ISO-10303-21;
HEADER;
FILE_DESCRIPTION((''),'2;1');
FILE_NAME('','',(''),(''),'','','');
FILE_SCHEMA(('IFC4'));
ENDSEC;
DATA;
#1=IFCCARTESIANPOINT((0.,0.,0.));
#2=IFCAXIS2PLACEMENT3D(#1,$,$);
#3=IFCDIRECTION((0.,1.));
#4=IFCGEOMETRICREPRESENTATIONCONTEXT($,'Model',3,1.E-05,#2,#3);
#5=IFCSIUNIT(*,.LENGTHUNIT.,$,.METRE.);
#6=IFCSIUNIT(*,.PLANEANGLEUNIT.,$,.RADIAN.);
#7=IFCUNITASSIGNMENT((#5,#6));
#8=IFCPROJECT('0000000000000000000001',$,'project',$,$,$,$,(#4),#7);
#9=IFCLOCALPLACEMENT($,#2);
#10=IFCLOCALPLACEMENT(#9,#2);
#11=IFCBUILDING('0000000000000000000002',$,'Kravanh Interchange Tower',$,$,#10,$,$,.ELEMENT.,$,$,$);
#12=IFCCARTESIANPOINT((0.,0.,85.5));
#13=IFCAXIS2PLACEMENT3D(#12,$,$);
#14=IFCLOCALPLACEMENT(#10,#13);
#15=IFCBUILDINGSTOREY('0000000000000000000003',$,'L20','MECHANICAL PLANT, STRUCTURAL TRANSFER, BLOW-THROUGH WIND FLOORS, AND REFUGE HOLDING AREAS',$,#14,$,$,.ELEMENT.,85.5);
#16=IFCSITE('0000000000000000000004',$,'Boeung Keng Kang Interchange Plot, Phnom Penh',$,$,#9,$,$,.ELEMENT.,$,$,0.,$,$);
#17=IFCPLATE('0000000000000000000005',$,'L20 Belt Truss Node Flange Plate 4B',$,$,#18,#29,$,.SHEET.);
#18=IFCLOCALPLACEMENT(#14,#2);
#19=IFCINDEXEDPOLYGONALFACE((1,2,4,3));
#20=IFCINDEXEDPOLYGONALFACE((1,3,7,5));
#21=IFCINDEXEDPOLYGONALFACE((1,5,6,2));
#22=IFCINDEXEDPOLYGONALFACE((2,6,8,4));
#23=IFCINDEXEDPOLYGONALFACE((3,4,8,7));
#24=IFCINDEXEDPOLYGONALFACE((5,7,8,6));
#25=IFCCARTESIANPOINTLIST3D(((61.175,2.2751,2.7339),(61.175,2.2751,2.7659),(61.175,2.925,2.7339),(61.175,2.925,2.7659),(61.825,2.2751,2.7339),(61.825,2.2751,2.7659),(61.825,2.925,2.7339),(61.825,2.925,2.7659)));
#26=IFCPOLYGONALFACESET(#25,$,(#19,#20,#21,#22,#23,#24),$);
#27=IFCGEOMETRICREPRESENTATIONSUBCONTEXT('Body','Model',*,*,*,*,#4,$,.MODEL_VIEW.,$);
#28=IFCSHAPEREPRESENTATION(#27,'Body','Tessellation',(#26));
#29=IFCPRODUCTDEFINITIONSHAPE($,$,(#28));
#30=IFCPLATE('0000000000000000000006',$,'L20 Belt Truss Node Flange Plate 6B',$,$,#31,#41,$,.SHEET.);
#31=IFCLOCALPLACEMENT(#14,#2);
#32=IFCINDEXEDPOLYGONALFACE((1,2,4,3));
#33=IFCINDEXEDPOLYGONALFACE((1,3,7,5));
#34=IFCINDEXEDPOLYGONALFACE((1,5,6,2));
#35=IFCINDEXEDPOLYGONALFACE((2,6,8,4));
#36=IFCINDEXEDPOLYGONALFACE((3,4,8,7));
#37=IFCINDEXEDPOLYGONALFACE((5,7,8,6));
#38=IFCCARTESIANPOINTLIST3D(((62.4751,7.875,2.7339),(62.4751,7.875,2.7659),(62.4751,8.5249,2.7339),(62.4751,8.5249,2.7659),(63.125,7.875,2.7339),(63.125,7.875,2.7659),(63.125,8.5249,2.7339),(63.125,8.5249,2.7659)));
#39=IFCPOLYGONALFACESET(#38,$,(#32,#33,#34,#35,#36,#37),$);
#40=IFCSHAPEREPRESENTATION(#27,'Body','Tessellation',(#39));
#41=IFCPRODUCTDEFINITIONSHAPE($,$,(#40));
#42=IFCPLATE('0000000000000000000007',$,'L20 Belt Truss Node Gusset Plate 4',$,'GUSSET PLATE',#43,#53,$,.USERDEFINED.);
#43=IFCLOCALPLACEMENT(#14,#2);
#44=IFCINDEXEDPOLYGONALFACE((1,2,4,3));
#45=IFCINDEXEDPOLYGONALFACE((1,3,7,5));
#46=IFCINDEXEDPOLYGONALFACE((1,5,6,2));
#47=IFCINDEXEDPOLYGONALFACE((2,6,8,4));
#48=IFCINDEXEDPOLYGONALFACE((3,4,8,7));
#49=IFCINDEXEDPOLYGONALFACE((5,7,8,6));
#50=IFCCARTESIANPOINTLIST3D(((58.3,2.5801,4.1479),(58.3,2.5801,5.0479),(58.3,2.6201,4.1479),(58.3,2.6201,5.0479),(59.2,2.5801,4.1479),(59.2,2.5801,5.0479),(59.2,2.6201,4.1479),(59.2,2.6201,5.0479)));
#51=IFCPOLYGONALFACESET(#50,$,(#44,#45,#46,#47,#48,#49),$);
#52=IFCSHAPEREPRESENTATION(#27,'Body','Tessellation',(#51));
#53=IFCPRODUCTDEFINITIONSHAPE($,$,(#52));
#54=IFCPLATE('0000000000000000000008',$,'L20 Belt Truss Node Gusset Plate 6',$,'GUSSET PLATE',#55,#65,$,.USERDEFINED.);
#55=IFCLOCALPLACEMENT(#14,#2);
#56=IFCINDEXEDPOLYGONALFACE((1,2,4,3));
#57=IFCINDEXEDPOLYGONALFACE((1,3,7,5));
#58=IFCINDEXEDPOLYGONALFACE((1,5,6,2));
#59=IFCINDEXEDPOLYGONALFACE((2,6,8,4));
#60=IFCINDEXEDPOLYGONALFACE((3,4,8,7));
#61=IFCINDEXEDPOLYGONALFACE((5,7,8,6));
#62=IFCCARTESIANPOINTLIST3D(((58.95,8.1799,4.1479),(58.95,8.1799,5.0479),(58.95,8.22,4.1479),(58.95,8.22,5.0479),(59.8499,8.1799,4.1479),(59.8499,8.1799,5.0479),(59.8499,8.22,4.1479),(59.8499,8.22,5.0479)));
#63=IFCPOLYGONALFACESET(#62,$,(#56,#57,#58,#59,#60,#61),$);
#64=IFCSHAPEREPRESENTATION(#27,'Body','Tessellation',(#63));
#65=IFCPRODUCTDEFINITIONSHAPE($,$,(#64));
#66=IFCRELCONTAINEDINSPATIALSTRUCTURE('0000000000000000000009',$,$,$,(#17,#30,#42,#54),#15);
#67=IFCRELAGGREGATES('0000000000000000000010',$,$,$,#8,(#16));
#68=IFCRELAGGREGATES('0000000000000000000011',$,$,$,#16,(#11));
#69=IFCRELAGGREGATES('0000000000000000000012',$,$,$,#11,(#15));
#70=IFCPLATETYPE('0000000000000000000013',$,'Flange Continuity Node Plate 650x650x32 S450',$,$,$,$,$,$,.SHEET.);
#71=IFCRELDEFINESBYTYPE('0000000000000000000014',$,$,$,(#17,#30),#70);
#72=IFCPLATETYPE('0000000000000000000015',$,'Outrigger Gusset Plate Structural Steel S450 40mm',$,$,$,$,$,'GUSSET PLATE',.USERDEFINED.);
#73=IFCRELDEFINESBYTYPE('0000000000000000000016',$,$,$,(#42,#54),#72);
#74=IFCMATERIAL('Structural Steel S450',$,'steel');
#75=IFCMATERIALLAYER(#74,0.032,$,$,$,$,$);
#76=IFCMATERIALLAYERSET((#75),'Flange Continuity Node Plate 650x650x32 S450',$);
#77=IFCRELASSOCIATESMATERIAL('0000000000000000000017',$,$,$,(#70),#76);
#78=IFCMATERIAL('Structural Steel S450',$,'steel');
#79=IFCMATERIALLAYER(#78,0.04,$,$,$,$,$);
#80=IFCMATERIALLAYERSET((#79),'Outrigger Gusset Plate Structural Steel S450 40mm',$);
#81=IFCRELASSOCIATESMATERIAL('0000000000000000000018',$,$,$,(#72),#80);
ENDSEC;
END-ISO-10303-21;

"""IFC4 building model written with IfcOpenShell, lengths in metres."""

from ifc_helpers import new_model, si_unit, direction, frame, origin, origin_2d, place, context, subcontext, project, spatial, rectangle, extrude, material, layer, layer_set, type_object, element, save


model = new_model("IFC4")

# Units and contexts
model_context = context("Model", 3, precision=1e-05, world=origin(), true_north=direction((0.0, 1.0)))
body_context = subcontext(model_context, "Body", "Model", "MODEL_VIEW")
ifc_project = project(units=[si_unit("LENGTHUNIT", "METRE"), si_unit("PLANEANGLEUNIT", "RADIAN")], contexts=[model_context])

# Site, building, storey
site_placement = place(None, origin())
site = spatial("IfcSite", under=ifc_project, at=site_placement, Name="Boeung Keng Kang Interchange Plot, Phnom Penh", CompositionType="ELEMENT", RefElevation=0.0)
building_placement = place(site_placement, origin())
building = spatial("IfcBuilding", under=site, at=building_placement, Name="Kravanh Interchange Tower", CompositionType="ELEMENT")
storey_placement = place(building_placement, frame((0.0, 0.0, 85.5)))
storey = spatial("IfcBuildingStorey", under=building, at=storey_placement, Name="L20", Description="MECHANICAL PLANT, STRUCTURAL TRANSFER, BLOW-THROUGH WIND FLOORS, AND REFUGE HOLDING AREAS", CompositionType="ELEMENT", Elevation=85.5)

# Plates
ifc_material_1 = material(Name="Structural Steel S450", Category="steel")
ifc_layer_1 = layer(ifc_material_1, 0.032)
ifc_layer_set_1 = layer_set([ifc_layer_1], Name="Flange Continuity Node Plate 650x650x32 S450")
plate_type_1 = type_object("IfcPlateType", Name="Flange Continuity Node Plate 650x650x32 S450", PredefinedType="SHEET", material=ifc_layer_set_1)
for number, where, z_axis, x_axis, name in (
    (1, (61.5, 2.6001, 2.7339), (0.0, 0.0, 1.0), (1.0, 0.0, 0.0), "L20 Belt Truss Node Flange Plate 4B"),
    (2, (62.8, 8.2, 2.7339), (0.0, 0.0, 1.0), (1.0, 0.0, 0.0), "L20 Belt Truss Node Flange Plate 6B"),
):
    element("IfcPlate", number, at=place(storey_placement, frame(where, z_axis=z_axis, x_axis=x_axis)), inside=storey, type_object=plate_type_1, Name=name, PredefinedType="SHEET", context=body_context, shape_type="SweptSolid", body=[
        extrude(rectangle(XDim=0.6499, YDim=0.6499, at=origin_2d()), origin(), (0.0, 0.0, 1.0), 0.032),
    ])
ifc_material_2 = material(Name="Structural Steel S450", Category="steel")
ifc_layer_2 = layer(ifc_material_2, 0.04)
ifc_layer_set_2 = layer_set([ifc_layer_2], Name="Outrigger Gusset Plate Structural Steel S450 40mm")
plate_type_2 = type_object("IfcPlateType", Name="Outrigger Gusset Plate Structural Steel S450 40mm", ElementType="GUSSET PLATE", PredefinedType="USERDEFINED", material=ifc_layer_set_2)
for number, where, z_axis, x_axis, name in (
    (3, (58.75, 2.6001, 4.1479), (0.0, 0.0, 1.0), (1.0, 0.0, 0.0), "L20 Belt Truss Node Gusset Plate 4"),
    (4, (59.3999, 8.2, 4.1479), (0.0, 0.0, 1.0), (1.0, 0.0, 0.0), "L20 Belt Truss Node Gusset Plate 6"),
):
    element("IfcPlate", number, at=place(storey_placement, frame(where, z_axis=z_axis, x_axis=x_axis)), inside=storey, type_object=plate_type_2, Name=name, ObjectType="GUSSET PLATE", PredefinedType="USERDEFINED", context=body_context, shape_type="SweptSolid", body=[
        extrude(rectangle(XDim=0.8999, YDim=0.04, at=origin_2d()), origin(), (0.0, 0.0, 1.0), 0.8999),
    ])

save(model, "model.ifc")
